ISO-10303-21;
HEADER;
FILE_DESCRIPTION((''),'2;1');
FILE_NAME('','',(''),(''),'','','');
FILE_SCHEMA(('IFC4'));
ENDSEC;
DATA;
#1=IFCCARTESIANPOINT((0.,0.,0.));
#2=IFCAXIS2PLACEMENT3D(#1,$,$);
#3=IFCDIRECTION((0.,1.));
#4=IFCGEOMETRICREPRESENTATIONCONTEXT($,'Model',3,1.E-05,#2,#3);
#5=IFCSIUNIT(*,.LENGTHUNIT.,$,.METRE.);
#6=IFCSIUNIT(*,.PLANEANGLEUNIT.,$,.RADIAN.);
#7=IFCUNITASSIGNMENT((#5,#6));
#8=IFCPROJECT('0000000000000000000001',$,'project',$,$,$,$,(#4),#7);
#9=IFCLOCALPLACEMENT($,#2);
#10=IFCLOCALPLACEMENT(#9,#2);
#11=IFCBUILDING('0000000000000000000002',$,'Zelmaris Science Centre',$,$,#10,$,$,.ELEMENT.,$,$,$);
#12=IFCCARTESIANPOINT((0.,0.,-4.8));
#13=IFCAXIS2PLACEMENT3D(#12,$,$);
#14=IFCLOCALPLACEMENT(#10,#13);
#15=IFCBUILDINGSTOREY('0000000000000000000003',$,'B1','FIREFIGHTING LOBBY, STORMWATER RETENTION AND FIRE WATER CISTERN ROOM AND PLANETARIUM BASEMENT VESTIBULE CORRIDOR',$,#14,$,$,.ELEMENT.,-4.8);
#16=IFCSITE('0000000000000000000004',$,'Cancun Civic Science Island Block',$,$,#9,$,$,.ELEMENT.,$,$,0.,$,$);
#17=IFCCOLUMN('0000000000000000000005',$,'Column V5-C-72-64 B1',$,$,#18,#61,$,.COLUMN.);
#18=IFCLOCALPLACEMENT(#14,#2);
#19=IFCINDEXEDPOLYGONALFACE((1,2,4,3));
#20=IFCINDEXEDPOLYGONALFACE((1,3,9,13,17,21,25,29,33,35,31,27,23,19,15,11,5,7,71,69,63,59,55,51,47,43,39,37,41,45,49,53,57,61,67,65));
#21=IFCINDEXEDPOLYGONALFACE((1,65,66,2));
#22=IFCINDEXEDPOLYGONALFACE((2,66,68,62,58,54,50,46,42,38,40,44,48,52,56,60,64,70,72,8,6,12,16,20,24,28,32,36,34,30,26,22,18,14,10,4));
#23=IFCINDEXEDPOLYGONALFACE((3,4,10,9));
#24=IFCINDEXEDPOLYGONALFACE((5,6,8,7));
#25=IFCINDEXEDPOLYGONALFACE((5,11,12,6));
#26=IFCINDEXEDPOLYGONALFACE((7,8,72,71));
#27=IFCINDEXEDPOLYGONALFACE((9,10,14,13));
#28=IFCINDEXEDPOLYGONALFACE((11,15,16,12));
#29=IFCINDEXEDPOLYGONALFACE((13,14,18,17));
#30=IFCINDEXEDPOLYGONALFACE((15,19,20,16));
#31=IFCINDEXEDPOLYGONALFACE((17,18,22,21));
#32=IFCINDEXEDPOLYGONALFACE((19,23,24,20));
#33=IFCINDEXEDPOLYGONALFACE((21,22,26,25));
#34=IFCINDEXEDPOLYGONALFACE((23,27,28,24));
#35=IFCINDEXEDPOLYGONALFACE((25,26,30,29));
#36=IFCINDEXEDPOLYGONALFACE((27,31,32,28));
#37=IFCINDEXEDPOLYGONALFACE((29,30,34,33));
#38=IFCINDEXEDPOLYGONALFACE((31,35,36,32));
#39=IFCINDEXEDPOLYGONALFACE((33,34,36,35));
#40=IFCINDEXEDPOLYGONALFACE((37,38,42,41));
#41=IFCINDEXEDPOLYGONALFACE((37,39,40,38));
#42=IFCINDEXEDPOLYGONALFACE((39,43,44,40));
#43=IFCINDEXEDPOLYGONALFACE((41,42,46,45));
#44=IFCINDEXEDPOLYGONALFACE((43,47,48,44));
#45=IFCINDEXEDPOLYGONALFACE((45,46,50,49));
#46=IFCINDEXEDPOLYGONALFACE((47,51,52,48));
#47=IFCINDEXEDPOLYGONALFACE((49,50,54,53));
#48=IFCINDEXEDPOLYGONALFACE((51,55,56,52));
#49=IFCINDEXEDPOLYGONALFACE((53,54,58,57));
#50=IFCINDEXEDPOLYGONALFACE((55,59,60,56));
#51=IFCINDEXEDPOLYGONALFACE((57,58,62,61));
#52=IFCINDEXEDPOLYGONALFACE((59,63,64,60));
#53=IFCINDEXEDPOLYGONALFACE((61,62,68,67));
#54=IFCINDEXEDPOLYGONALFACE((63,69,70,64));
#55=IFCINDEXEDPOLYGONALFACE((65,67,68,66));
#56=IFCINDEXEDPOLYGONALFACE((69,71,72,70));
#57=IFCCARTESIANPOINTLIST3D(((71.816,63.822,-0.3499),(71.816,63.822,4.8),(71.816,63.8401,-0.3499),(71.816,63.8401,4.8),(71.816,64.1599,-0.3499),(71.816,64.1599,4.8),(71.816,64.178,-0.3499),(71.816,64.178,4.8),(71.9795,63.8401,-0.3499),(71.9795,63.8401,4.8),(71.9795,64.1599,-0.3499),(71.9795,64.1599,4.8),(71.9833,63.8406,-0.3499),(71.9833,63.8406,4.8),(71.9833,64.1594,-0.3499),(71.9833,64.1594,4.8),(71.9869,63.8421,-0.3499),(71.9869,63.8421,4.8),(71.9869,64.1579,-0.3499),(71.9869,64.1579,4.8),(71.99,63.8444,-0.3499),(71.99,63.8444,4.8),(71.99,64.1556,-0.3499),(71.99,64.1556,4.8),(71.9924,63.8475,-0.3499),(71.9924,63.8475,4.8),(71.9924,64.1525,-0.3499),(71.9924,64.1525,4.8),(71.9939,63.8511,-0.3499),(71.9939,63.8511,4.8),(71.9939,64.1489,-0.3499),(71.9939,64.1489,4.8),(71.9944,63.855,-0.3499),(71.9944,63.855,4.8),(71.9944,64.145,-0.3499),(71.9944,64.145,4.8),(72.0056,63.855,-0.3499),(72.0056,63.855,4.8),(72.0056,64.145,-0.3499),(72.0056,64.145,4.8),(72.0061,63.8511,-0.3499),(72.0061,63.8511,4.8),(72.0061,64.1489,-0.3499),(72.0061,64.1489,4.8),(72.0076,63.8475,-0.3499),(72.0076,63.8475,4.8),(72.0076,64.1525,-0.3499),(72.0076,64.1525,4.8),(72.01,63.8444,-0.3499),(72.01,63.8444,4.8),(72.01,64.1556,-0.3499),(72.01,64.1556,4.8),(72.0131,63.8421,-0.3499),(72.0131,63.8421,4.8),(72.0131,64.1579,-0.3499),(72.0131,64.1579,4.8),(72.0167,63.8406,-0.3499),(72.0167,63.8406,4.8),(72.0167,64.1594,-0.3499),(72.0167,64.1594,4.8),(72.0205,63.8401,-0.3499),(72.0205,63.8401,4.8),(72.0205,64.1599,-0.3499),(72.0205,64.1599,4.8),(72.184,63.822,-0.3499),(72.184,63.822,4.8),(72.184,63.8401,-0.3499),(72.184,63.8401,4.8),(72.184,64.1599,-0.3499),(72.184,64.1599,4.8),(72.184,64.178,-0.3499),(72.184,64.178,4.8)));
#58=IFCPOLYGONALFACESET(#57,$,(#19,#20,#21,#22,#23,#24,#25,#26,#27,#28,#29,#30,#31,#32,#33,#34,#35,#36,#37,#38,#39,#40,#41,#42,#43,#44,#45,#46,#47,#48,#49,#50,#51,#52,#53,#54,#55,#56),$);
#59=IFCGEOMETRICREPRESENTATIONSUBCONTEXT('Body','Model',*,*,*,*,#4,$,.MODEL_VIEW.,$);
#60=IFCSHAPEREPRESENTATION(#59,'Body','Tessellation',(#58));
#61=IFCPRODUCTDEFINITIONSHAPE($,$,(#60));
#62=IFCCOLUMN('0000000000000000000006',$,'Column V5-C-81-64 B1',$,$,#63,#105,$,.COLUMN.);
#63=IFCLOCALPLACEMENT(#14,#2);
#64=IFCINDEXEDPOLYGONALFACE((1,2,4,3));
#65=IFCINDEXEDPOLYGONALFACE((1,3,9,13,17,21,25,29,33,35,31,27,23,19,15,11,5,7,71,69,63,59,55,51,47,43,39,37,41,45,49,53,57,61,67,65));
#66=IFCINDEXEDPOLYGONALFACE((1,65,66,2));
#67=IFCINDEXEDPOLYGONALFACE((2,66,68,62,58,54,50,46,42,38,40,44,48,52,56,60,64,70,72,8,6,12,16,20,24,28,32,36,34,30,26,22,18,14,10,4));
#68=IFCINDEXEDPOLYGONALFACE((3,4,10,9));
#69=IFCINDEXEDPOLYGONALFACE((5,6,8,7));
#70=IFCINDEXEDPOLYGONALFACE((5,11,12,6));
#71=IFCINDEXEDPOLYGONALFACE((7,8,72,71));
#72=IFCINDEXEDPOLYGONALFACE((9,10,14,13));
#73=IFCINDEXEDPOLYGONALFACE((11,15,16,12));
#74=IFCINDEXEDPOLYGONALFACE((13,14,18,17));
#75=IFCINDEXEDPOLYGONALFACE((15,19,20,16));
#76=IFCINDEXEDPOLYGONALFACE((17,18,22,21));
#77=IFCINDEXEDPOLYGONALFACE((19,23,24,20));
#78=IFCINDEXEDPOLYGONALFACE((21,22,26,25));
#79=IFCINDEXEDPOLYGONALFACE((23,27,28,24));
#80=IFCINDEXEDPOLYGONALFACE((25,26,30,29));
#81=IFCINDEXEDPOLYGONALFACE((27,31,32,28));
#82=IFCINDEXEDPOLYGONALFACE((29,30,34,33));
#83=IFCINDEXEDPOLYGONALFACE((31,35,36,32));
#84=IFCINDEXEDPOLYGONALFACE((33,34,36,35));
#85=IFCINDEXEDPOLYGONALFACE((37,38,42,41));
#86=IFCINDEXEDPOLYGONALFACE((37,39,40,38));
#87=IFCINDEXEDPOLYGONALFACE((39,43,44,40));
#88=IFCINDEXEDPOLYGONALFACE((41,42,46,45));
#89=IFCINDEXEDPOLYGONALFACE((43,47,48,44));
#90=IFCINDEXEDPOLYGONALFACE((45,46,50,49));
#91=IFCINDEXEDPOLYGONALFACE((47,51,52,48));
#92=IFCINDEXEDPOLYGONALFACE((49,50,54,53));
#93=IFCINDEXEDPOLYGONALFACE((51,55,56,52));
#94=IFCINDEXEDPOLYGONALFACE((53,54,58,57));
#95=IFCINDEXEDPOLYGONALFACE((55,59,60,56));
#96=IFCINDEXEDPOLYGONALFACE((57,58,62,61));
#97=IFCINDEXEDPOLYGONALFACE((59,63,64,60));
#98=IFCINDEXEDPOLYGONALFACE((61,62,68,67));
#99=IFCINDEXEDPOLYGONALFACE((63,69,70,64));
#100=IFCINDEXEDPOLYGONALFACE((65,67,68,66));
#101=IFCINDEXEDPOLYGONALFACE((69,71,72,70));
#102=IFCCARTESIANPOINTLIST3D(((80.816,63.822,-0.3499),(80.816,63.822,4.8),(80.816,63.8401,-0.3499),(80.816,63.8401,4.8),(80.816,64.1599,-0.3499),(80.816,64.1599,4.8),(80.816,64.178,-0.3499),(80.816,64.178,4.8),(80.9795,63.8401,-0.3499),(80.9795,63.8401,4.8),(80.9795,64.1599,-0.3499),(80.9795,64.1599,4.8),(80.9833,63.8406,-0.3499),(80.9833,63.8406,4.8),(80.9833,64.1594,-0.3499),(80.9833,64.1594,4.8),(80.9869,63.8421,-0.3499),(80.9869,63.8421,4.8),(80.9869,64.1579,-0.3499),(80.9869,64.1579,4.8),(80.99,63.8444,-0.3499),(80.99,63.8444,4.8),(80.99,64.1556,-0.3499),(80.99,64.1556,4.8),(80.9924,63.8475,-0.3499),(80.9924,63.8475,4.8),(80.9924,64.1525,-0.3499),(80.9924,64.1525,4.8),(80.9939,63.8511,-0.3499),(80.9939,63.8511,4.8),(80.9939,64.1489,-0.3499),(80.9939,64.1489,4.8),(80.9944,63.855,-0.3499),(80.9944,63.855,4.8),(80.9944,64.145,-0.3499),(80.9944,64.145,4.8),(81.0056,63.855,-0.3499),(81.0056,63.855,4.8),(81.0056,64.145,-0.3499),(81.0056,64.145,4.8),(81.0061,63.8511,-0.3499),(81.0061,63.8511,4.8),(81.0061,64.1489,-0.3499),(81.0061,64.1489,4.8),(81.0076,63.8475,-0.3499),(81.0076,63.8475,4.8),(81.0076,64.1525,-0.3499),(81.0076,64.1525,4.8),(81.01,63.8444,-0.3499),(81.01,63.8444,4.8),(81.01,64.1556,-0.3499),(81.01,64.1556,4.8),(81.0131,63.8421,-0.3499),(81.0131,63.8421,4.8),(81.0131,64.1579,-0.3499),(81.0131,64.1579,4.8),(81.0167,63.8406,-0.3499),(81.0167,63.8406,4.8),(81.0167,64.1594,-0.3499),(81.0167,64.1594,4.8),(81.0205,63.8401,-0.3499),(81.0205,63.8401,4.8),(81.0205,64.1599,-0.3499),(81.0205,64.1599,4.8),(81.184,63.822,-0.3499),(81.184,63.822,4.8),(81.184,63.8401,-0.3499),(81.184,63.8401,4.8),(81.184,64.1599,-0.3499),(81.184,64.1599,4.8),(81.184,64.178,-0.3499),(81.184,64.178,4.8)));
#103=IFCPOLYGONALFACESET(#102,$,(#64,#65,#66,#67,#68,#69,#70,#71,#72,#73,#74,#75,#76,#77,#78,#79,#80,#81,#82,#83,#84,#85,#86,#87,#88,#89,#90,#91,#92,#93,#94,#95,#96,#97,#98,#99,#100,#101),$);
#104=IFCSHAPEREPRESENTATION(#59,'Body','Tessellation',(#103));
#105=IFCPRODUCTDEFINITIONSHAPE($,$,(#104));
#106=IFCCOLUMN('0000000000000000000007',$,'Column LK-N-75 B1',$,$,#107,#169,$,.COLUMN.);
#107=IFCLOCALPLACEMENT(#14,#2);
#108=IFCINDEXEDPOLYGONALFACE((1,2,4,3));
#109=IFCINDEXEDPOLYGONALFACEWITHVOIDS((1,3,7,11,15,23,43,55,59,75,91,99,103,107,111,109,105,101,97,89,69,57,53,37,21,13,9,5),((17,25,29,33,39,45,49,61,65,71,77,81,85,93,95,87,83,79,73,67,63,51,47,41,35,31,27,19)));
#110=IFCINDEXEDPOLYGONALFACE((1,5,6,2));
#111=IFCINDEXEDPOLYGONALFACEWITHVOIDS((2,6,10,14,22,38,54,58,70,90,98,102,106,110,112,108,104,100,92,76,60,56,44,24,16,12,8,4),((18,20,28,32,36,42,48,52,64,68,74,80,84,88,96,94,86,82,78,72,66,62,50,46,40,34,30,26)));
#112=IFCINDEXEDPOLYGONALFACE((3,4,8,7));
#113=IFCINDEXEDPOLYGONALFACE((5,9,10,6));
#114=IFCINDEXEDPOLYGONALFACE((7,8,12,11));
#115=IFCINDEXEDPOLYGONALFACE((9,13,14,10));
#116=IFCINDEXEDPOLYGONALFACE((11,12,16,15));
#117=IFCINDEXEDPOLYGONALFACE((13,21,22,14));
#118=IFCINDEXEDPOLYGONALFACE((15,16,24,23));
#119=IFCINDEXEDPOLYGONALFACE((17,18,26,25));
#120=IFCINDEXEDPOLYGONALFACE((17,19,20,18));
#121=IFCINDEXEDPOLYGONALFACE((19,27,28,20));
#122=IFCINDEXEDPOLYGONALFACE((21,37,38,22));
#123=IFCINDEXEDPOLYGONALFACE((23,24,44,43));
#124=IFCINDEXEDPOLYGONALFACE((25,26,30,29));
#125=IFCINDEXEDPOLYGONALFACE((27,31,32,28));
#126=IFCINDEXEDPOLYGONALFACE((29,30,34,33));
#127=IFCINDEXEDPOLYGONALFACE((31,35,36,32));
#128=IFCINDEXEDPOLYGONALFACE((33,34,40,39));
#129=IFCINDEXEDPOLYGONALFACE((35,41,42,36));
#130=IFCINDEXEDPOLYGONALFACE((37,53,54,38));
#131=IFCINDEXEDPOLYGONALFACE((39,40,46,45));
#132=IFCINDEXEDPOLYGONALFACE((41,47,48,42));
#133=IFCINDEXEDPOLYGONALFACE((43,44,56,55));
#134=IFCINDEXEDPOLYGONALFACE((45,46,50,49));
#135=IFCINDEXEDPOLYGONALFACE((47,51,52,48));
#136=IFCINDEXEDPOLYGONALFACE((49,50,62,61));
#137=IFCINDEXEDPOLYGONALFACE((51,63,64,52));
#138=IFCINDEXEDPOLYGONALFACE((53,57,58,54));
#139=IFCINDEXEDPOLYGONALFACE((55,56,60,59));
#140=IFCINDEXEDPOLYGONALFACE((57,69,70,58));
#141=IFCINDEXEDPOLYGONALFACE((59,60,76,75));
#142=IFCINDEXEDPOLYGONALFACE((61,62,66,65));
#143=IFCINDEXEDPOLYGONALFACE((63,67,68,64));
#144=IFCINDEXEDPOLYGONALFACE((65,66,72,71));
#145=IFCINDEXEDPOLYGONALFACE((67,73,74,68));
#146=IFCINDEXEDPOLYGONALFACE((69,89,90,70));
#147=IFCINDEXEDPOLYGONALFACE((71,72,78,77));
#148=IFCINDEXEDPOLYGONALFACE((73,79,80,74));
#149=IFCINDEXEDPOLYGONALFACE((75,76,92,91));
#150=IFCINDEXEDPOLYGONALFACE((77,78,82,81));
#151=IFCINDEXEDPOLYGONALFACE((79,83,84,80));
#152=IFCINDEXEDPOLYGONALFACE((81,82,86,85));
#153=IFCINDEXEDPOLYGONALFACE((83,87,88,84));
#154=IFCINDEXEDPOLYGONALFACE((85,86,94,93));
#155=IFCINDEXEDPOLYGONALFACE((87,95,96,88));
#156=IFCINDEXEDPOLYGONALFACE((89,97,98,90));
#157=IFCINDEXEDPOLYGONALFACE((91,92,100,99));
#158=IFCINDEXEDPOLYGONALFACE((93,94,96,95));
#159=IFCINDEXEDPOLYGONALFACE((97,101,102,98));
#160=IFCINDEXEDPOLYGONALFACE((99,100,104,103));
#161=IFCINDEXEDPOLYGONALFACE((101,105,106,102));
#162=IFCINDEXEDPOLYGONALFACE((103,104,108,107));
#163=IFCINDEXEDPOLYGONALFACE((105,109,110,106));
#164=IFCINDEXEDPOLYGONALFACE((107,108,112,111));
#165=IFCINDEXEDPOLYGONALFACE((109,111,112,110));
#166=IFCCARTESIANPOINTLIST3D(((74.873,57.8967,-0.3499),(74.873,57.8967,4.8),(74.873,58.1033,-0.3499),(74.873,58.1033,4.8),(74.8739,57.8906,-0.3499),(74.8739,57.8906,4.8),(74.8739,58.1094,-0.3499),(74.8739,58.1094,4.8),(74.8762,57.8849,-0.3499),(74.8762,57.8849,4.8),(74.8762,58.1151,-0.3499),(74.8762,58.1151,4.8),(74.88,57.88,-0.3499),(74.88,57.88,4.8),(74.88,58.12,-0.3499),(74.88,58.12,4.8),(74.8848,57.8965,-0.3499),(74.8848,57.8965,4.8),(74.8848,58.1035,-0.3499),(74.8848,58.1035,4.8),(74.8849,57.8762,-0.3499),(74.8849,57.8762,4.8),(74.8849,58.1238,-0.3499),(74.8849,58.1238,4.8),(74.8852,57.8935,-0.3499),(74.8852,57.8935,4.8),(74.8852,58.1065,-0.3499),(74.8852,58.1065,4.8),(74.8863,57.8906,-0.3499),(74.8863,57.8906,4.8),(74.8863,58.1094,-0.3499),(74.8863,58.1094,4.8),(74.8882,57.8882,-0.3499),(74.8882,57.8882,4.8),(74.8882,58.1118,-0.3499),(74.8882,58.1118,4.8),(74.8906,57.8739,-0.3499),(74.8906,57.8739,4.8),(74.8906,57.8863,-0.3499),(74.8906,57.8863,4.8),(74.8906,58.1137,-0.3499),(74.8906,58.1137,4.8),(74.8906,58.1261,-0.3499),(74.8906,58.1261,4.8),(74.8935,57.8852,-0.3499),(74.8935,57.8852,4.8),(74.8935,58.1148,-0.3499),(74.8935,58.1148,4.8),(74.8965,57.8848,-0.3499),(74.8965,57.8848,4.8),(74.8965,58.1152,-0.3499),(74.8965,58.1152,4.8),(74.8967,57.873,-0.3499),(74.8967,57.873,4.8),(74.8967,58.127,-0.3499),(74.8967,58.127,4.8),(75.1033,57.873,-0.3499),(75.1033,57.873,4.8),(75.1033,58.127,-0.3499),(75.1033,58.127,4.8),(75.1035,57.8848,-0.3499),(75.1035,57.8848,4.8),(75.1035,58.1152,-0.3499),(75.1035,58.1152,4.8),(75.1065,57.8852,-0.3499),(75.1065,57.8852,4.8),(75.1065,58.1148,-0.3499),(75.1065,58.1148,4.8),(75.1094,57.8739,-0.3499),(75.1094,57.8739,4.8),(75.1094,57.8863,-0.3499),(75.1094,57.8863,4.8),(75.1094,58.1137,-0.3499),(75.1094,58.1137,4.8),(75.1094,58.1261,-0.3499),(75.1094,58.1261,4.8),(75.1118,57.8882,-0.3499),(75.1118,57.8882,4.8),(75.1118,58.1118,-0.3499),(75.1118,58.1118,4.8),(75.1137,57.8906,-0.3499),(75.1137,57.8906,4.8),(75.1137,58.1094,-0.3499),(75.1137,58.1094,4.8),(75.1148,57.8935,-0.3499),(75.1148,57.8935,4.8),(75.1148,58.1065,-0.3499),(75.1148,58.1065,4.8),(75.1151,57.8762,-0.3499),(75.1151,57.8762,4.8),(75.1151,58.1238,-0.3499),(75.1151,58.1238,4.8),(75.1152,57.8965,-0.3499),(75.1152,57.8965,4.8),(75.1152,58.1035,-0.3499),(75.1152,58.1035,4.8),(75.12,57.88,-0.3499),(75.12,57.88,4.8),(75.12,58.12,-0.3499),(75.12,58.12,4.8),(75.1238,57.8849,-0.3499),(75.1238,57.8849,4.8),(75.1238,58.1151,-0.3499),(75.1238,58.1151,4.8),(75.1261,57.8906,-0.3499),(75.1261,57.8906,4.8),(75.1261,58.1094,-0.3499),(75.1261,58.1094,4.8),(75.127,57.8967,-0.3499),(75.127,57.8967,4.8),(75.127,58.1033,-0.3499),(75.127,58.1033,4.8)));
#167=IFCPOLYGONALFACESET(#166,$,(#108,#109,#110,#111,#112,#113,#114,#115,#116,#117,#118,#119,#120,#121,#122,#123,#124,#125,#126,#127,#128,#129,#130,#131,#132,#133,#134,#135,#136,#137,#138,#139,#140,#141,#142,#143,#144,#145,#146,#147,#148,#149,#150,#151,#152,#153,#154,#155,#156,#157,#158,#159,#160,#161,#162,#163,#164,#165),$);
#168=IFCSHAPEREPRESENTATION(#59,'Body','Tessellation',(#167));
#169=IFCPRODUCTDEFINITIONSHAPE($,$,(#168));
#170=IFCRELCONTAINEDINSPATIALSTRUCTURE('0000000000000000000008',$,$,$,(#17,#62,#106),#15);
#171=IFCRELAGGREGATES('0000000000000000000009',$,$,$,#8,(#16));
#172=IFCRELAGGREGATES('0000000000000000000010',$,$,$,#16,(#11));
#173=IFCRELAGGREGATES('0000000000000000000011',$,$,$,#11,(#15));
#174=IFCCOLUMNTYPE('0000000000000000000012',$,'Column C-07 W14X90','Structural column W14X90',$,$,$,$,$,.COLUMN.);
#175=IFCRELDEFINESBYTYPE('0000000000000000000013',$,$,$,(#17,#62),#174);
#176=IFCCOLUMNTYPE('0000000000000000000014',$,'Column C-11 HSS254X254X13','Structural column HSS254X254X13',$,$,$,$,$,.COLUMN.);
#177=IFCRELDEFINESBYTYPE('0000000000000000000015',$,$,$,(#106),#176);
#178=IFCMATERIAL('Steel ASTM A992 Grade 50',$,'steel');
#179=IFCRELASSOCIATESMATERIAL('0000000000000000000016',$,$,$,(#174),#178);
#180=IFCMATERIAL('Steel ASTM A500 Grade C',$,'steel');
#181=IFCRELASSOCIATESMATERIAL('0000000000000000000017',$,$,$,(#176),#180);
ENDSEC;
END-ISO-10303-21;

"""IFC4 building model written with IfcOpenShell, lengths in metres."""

from ifc_helpers import new_model, si_unit, direction, frame, origin, origin_2d, place, context, subcontext, project, spatial, hollow_rectangle, i_section, extrude, material, material_profile, profile_set, type_object, element, save


model = new_model("IFC4")

# Units and contexts
model_context = context("Model", 3, precision=1e-05, world=origin(), true_north=direction((0.0, 1.0)))
body_context = subcontext(model_context, "Body", "Model", "MODEL_VIEW")
ifc_project = project(units=[si_unit("LENGTHUNIT", "METRE"), si_unit("PLANEANGLEUNIT", "RADIAN")], contexts=[model_context])

# Site, building, storey
site_placement = place(None, origin())
site = spatial("IfcSite", under=ifc_project, at=site_placement, Name="Cancun Civic Science Island Block", CompositionType="ELEMENT", RefElevation=0.0)
building_placement = place(site_placement, origin())
building = spatial("IfcBuilding", under=site, at=building_placement, Name="Zelmaris Science Centre", CompositionType="ELEMENT")
storey_placement = place(building_placement, frame((0.0, 0.0, -4.8)))
storey = spatial("IfcBuildingStorey", under=building, at=storey_placement, Name="B1", Description="FIREFIGHTING LOBBY, STORMWATER RETENTION AND FIRE WATER CISTERN ROOM AND PLANETARIUM BASEMENT VESTIBULE CORRIDOR", CompositionType="ELEMENT", Elevation=-4.8)

# Columns
ifc_material_1 = material(Name="Steel ASTM A992 Grade 50", Category="steel")
ifc_material_profile_1 = material_profile(ifc_material_1, i_section(OverallWidth=0.3679, OverallDepth=0.356, WebThickness=0.0112, FlangeThickness=0.0181, FilletRadius=0.0149, at=origin_2d()), Name="W14X90")
ifc_profile_set_1 = profile_set([ifc_material_profile_1], Name="Steel ASTM A992 Grade 50")
column_type_1 = type_object("IfcColumnType", Name="Column C-07 W14X90", Description="Structural column W14X90", PredefinedType="COLUMN", material=ifc_profile_set_1)
for number, where, z_axis, x_axis, name in (
    (1, (72.0, 64.0, -0.3499), (0.0, 0.0, 1.0), (1.0, 0.0, 0.0), "Column V5-C-72-64 B1"),
    (2, (81.0, 64.0, -0.3499), (0.0, 0.0, 1.0), (1.0, 0.0, 0.0), "Column V5-C-81-64 B1"),
):
    element("IfcColumn", number, at=place(storey_placement, frame(where, z_axis=z_axis, x_axis=x_axis)), inside=storey, type_object=column_type_1, Name=name, PredefinedType="COLUMN", context=body_context, shape_type="SweptSolid", body=[
        extrude(i_section(OverallWidth=0.3679, OverallDepth=0.356, WebThickness=0.0112, FlangeThickness=0.0181, FilletRadius=0.0149, at=origin_2d()), origin(), (0.0, 0.0, 1.0), 5.1499),
    ])
ifc_material_2 = material(Name="Steel ASTM A500 Grade C", Category="steel")
ifc_material_profile_2 = material_profile(ifc_material_2, hollow_rectangle(XDim=0.2539, YDim=0.2539, WallThickness=0.0117, InnerFilletRadius=0.0117, OuterFilletRadius=0.0237, at=origin_2d()), Name="HSS254X254X13")
ifc_profile_set_2 = profile_set([ifc_material_profile_2], Name="Steel ASTM A500 Grade C")
column_type_2 = type_object("IfcColumnType", Name="Column C-11 HSS254X254X13", Description="Structural column HSS254X254X13", PredefinedType="COLUMN", material=ifc_profile_set_2)
for number, where, z_axis, x_axis, name in (
    (3, (75.0, 58.0, -0.3499), (0.0, 0.0, 1.0), (1.0, 0.0, 0.0), "Column LK-N-75 B1"),
):
    element("IfcColumn", number, at=place(storey_placement, frame(where, z_axis=z_axis, x_axis=x_axis)), inside=storey, type_object=column_type_2, Name=name, PredefinedType="COLUMN", context=body_context, shape_type="SweptSolid", body=[
        extrude(hollow_rectangle(XDim=0.2539, YDim=0.2539, WallThickness=0.0117, InnerFilletRadius=0.0117, OuterFilletRadius=0.0237, at=origin_2d()), origin(), (0.0, 0.0, 1.0), 5.1499),
    ])

save(model, "model.ifc")
